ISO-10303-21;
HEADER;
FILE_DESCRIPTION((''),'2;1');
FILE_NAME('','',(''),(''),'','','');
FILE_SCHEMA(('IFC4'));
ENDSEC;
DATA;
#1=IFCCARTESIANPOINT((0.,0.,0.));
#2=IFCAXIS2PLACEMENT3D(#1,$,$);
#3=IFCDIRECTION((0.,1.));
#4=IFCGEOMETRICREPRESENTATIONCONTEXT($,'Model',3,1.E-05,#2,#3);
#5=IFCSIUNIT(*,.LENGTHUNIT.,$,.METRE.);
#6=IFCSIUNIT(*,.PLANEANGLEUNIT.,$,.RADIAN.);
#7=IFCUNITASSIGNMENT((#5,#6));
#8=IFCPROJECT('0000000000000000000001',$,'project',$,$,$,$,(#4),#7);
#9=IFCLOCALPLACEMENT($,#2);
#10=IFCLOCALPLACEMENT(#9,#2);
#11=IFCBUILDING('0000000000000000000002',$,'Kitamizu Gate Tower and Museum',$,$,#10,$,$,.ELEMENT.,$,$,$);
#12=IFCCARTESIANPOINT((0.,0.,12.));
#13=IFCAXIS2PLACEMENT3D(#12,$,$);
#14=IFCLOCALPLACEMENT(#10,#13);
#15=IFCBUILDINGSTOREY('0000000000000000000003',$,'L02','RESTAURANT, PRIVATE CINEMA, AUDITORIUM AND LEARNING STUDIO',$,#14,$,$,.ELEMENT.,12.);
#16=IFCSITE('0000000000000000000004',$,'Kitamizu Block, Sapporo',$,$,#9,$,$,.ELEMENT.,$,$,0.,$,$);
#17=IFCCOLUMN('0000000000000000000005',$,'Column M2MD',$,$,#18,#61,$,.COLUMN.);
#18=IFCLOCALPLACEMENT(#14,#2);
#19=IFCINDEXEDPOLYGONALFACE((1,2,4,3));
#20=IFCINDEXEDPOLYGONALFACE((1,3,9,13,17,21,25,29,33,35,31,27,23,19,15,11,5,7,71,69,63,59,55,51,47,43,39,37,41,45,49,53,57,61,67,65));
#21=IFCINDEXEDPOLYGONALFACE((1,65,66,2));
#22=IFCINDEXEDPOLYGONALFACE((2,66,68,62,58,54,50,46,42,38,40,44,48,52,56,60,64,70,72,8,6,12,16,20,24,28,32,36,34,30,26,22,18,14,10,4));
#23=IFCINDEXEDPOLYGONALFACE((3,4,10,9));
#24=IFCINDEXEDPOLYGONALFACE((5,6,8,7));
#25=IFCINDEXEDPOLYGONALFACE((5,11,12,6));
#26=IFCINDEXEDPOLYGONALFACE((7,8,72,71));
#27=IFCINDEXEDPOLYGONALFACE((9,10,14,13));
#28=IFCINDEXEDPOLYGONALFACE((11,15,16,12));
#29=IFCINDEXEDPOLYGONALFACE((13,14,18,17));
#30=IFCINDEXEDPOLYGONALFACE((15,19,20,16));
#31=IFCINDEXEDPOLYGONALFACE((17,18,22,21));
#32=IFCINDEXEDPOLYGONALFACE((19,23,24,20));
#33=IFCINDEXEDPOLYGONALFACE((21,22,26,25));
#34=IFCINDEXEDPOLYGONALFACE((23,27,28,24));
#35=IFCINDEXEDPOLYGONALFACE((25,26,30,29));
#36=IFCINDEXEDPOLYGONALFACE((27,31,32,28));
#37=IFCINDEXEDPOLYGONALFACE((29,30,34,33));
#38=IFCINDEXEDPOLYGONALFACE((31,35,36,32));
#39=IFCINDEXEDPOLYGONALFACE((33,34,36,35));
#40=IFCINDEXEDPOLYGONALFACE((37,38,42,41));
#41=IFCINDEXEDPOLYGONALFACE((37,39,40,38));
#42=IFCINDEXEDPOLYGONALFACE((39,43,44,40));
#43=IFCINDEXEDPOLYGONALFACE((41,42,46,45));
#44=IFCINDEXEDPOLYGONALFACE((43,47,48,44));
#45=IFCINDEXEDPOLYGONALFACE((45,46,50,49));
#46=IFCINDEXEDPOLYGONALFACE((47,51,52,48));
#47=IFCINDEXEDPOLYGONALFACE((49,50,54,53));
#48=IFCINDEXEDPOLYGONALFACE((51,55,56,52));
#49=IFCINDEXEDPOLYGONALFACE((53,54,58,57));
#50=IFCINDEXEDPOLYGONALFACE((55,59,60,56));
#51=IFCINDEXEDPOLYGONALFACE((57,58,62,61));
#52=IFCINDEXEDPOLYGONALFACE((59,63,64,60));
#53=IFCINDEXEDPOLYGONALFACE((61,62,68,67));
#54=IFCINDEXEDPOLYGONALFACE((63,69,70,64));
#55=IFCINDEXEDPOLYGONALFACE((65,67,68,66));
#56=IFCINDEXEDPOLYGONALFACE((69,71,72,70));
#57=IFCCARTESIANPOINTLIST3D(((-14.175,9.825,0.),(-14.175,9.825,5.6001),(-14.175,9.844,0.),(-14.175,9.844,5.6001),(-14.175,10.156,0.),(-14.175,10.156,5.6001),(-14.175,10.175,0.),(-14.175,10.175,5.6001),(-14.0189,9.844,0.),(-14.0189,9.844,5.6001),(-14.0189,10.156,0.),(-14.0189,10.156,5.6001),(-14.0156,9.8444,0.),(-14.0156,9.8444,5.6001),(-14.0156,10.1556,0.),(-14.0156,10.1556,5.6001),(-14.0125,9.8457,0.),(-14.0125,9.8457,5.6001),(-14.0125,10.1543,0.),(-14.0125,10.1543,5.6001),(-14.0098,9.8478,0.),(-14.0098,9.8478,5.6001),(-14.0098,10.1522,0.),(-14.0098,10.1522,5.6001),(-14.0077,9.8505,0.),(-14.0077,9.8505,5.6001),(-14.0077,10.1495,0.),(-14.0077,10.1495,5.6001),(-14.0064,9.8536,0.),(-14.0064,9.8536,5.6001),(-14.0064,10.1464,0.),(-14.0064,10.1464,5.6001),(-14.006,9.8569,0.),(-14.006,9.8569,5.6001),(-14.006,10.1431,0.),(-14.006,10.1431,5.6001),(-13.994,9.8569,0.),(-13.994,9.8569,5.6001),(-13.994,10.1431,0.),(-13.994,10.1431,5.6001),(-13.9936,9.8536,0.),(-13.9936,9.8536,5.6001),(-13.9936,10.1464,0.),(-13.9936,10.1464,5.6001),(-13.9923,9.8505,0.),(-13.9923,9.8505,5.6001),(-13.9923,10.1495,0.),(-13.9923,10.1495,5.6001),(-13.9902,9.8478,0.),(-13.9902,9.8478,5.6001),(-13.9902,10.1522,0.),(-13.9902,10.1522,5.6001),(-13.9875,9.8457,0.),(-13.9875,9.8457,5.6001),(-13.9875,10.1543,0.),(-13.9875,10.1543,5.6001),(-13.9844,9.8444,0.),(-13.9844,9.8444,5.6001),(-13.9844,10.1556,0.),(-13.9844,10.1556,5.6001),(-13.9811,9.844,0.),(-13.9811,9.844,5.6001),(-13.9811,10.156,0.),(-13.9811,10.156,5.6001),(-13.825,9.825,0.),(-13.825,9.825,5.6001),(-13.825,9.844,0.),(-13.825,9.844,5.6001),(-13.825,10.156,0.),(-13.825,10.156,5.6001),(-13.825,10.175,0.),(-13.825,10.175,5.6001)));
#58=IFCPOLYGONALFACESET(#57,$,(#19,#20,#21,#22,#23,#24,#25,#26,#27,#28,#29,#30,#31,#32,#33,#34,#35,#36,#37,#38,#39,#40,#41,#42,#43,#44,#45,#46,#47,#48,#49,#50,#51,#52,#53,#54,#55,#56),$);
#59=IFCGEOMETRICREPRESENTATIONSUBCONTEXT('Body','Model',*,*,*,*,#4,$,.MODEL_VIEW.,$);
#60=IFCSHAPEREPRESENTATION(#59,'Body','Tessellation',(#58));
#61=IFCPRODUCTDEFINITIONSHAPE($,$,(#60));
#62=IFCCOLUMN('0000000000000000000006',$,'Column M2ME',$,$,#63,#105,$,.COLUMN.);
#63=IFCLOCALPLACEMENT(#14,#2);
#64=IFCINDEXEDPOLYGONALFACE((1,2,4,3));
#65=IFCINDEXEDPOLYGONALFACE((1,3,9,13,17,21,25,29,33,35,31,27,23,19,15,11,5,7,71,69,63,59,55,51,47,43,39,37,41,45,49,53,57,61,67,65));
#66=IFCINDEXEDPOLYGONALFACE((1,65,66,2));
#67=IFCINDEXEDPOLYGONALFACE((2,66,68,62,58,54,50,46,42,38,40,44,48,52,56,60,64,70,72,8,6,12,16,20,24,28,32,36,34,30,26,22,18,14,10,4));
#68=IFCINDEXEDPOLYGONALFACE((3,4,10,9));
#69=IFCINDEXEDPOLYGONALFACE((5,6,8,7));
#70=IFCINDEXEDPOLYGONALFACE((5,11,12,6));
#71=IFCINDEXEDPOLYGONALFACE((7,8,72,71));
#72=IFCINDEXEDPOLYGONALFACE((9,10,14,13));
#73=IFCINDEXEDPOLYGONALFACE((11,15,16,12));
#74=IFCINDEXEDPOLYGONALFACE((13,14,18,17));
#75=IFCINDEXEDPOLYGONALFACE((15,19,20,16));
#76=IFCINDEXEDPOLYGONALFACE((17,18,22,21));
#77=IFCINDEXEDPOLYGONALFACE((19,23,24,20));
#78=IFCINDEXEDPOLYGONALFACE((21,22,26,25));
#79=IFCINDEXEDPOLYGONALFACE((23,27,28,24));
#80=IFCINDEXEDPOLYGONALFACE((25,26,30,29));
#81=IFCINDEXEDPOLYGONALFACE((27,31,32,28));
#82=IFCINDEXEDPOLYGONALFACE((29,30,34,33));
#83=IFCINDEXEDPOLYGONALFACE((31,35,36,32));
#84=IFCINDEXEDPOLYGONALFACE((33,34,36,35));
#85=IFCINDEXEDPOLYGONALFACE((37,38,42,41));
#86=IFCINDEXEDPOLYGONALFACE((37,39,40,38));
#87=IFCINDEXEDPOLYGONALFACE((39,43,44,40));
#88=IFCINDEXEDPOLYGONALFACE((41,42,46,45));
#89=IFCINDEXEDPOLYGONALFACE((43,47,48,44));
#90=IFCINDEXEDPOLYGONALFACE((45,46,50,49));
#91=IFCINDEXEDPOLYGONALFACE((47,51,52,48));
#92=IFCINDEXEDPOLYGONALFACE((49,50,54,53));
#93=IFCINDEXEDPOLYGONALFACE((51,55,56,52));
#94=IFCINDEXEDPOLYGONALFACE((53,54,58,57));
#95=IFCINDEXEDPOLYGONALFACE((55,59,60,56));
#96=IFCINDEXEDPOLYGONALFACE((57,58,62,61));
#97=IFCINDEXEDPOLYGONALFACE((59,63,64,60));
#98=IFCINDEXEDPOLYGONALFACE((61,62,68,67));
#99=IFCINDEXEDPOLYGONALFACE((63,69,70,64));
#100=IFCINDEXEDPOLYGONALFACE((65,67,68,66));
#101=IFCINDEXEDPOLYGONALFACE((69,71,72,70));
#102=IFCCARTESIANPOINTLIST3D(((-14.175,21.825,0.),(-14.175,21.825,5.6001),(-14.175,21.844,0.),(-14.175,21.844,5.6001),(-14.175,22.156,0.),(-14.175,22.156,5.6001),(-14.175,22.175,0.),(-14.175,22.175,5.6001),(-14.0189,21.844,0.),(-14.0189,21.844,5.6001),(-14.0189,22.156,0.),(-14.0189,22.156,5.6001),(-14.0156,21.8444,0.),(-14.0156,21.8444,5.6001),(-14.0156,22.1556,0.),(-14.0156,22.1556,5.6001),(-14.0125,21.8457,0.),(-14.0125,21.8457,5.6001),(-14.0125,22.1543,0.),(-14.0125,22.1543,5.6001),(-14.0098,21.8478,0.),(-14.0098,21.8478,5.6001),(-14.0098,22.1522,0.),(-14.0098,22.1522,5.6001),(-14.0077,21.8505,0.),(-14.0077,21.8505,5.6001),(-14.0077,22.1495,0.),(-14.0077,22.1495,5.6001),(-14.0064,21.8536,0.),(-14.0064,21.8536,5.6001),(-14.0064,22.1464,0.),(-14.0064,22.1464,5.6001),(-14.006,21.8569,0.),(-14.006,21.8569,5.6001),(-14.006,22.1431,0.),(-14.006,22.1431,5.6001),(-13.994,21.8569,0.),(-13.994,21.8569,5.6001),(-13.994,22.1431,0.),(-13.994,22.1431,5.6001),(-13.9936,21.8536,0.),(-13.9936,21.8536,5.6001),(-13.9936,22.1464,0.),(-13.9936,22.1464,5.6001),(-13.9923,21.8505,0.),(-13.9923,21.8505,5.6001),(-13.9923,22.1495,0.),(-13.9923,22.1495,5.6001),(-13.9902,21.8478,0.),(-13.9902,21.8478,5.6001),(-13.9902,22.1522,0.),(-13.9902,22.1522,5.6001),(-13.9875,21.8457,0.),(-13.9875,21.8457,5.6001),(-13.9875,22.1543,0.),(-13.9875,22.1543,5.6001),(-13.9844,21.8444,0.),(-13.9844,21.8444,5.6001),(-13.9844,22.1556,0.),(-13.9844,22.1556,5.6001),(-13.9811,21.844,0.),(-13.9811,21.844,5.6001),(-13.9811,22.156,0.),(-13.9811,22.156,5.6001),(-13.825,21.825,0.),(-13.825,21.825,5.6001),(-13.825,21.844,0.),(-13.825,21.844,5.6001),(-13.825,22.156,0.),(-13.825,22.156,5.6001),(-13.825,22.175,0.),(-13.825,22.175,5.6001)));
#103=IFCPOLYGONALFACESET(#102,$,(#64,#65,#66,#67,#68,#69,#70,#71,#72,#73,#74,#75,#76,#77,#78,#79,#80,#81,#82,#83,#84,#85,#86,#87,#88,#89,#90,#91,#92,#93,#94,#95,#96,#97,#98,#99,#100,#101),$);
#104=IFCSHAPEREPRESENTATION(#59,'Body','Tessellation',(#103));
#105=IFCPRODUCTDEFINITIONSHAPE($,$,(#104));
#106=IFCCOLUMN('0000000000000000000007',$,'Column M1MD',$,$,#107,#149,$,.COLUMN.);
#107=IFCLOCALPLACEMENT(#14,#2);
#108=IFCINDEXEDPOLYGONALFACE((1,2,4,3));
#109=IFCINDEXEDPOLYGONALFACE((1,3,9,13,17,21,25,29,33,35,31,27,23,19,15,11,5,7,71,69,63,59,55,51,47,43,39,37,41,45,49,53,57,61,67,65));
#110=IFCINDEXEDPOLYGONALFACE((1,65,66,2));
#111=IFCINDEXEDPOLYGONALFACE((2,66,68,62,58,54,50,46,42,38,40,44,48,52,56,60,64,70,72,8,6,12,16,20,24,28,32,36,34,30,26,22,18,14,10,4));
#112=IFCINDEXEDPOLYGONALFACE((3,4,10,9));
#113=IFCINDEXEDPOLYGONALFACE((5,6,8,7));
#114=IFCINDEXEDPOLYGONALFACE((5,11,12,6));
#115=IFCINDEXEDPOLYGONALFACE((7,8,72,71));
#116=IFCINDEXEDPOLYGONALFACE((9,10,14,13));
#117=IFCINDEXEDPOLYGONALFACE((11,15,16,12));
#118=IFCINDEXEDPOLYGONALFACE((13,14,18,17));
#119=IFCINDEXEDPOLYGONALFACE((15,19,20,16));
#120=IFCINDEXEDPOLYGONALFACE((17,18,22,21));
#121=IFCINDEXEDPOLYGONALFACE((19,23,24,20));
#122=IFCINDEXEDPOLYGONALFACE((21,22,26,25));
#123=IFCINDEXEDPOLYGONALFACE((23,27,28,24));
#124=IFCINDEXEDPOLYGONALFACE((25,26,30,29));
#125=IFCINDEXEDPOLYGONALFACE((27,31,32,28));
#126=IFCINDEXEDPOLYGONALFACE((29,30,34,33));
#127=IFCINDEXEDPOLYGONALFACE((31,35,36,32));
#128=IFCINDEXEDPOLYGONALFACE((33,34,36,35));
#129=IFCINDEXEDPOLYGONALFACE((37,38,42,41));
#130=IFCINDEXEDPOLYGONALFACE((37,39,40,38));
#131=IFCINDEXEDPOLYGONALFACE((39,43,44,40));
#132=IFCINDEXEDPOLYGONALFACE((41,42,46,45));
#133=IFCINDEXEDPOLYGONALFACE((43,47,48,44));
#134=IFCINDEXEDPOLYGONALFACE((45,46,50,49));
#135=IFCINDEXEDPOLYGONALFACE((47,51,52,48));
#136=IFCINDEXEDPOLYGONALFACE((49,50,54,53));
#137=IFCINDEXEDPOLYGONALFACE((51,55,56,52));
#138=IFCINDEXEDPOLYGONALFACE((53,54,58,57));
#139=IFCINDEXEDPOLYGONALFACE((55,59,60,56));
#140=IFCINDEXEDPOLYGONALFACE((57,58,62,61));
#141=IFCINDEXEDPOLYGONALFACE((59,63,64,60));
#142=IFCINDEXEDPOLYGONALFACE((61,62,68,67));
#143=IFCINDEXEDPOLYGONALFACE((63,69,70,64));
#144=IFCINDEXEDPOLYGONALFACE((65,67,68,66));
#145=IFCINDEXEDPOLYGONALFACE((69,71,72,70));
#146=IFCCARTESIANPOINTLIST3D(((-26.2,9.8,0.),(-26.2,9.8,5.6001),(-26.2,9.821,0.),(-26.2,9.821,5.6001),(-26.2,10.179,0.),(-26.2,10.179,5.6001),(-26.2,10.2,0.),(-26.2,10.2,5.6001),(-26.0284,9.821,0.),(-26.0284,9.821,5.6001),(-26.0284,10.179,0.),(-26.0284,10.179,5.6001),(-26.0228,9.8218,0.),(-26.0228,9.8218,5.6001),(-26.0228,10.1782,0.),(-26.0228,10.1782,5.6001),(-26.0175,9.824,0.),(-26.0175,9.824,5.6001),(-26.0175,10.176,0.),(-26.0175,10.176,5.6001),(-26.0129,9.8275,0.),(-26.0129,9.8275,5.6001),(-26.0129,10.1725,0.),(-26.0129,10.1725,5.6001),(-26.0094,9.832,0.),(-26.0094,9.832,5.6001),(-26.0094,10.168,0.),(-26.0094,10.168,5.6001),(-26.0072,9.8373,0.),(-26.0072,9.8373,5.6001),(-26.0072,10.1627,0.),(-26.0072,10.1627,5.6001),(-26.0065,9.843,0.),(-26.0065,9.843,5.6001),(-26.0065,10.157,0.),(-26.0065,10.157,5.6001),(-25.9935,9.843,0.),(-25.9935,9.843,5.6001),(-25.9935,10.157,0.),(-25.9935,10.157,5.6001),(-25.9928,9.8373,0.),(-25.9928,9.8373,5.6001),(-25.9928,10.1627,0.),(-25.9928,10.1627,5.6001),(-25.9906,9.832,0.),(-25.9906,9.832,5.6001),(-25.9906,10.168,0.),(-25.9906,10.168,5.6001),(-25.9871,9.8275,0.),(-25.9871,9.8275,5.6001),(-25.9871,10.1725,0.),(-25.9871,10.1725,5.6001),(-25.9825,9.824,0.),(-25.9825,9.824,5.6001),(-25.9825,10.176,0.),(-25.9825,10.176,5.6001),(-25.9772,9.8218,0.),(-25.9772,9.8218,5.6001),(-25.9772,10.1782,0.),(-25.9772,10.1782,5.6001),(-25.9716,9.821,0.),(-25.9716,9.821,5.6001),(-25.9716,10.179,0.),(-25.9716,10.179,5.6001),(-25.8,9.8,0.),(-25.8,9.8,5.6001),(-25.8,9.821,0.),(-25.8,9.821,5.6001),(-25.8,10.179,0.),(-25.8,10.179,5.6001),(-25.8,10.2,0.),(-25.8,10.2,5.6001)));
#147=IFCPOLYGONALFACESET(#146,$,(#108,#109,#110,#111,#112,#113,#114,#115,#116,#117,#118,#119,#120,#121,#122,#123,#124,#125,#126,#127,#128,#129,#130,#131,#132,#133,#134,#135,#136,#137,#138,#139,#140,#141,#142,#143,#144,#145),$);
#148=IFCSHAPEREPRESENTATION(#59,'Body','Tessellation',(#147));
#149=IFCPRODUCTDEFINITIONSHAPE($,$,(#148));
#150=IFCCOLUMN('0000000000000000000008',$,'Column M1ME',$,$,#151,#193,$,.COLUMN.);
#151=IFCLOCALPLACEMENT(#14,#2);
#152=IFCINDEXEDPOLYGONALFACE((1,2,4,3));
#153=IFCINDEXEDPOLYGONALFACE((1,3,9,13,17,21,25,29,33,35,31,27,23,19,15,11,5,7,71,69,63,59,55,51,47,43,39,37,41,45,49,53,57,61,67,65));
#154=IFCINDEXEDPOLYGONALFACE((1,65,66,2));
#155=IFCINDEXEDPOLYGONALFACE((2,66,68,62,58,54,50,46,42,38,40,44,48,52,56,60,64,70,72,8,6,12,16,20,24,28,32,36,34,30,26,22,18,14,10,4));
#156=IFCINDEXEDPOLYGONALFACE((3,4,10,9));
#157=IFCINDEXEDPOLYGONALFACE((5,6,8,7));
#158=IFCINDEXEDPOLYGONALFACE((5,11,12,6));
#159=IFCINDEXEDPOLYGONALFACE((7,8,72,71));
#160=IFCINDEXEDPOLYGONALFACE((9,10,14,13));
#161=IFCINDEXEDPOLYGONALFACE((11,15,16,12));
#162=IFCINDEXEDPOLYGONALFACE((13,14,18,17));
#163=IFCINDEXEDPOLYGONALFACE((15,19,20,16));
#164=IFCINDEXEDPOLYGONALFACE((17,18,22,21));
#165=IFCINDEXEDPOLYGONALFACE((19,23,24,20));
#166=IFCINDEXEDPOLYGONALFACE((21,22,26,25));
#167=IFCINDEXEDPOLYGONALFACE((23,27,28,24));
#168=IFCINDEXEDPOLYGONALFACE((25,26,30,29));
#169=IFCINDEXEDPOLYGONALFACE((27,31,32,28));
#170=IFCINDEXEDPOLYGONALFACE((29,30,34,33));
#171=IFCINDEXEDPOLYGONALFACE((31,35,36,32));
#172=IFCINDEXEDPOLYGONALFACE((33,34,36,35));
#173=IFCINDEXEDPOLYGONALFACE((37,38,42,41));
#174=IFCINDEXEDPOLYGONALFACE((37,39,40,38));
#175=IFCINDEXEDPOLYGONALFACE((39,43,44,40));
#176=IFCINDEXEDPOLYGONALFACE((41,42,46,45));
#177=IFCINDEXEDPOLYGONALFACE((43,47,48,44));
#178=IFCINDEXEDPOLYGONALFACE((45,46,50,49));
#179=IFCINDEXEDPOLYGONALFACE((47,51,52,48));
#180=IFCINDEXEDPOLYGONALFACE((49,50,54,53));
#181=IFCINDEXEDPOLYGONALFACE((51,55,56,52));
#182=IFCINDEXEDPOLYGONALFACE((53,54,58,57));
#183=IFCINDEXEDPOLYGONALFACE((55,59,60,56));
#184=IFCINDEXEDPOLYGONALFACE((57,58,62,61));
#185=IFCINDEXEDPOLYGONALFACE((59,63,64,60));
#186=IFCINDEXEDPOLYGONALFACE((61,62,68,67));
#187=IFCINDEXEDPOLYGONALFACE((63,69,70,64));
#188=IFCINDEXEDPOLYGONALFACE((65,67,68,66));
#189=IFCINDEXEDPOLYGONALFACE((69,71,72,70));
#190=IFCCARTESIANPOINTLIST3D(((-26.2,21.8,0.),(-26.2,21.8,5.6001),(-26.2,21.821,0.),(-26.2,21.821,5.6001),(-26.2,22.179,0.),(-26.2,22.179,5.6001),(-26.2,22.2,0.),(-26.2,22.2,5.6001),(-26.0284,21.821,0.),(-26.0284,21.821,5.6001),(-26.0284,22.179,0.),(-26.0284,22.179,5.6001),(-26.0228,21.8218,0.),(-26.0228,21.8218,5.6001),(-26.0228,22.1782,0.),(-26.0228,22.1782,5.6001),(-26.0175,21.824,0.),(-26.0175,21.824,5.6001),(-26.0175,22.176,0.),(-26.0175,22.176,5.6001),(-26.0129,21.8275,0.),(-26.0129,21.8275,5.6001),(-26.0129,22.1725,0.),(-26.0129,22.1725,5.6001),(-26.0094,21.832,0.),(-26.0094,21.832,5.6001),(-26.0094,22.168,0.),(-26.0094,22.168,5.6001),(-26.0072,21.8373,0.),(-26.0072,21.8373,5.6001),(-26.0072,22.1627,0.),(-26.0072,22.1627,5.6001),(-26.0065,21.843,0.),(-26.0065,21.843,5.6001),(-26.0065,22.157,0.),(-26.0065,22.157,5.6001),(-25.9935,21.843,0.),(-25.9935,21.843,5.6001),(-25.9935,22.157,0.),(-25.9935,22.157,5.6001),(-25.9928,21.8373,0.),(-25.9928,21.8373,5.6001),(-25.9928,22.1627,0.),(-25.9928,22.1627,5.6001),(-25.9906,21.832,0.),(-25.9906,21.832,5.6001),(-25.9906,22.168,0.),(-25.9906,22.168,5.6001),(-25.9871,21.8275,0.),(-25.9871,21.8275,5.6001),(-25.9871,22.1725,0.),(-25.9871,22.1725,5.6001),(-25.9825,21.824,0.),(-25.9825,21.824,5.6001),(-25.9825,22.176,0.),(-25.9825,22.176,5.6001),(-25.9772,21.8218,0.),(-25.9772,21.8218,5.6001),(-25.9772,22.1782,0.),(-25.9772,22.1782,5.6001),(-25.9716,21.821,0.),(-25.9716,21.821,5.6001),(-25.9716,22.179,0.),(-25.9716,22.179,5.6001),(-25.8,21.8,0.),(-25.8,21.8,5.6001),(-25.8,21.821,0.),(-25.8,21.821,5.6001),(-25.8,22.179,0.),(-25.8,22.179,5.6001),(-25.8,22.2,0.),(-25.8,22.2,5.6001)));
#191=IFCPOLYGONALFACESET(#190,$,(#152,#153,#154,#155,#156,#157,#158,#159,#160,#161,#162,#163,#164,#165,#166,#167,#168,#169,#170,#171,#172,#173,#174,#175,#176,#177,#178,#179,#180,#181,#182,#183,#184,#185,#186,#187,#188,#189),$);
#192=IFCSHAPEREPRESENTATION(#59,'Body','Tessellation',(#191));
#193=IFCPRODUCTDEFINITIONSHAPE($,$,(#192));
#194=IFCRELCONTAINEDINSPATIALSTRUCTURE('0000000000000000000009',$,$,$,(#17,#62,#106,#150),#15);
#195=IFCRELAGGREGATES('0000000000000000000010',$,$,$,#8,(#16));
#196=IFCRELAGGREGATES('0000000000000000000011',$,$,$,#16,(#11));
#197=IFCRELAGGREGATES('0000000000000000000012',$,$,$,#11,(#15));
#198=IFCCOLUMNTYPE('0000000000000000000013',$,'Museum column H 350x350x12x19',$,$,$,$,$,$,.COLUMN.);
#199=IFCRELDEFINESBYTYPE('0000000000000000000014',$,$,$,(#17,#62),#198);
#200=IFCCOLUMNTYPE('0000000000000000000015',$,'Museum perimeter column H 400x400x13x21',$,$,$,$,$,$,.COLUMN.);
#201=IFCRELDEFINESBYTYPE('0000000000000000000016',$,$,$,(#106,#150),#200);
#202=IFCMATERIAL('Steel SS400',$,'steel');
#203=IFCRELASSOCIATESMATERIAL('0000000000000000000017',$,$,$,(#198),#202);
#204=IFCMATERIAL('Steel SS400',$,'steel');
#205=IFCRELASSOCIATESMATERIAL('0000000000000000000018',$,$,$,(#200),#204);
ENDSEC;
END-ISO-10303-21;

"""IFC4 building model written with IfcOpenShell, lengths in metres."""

from ifc_helpers import new_model, si_unit, direction, frame, origin, origin_2d, place, context, subcontext, project, spatial, i_section, extrude, material, material_profile, profile_set, type_object, element, save


model = new_model("IFC4")

# Units and contexts
model_context = context("Model", 3, precision=1e-05, world=origin(), true_north=direction((0.0, 1.0)))
body_context = subcontext(model_context, "Body", "Model", "MODEL_VIEW")
ifc_project = project(units=[si_unit("LENGTHUNIT", "METRE"), si_unit("PLANEANGLEUNIT", "RADIAN")], contexts=[model_context])

# Site, building, storey
site_placement = place(None, origin())
site = spatial("IfcSite", under=ifc_project, at=site_placement, Name="Kitamizu Block, Sapporo", CompositionType="ELEMENT", RefElevation=0.0)
building_placement = place(site_placement, origin())
building = spatial("IfcBuilding", under=site, at=building_placement, Name="Kitamizu Gate Tower and Museum", CompositionType="ELEMENT")
storey_placement = place(building_placement, frame((0.0, 0.0, 12.0)))
storey = spatial("IfcBuildingStorey", under=building, at=storey_placement, Name="L02", Description="RESTAURANT, PRIVATE CINEMA, AUDITORIUM AND LEARNING STUDIO", CompositionType="ELEMENT", Elevation=12.0)

# Columns
ifc_material_1 = material(Name="Steel SS400", Category="steel")
ifc_material_profile_1 = material_profile(ifc_material_1, i_section(OverallWidth=0.3501, OverallDepth=0.3501, WebThickness=0.012, FlangeThickness=0.019, FilletRadius=0.0129, at=origin_2d()), Name="H-350x350x12x19")
ifc_profile_set_1 = profile_set([ifc_material_profile_1], Name="Steel SS400")
column_type_1 = type_object("IfcColumnType", Name="Museum column H 350x350x12x19", PredefinedType="COLUMN", material=ifc_profile_set_1)
for number, where, z_axis, x_axis, name in (
    (1, (-14.0, 10.0, 0.0), (0.0, 0.0, 1.0), (1.0, 0.0, 0.0), "Column M2MD"),
    (2, (-14.0, 22.0, 0.0), (0.0, 0.0, 1.0), (1.0, 0.0, 0.0), "Column M2ME"),
):
    element("IfcColumn", number, at=place(storey_placement, frame(where, z_axis=z_axis, x_axis=x_axis)), inside=storey, type_object=column_type_1, Name=name, PredefinedType="COLUMN", context=body_context, shape_type="SweptSolid", body=[
        extrude(i_section(OverallWidth=0.3501, OverallDepth=0.3501, WebThickness=0.012, FlangeThickness=0.019, FilletRadius=0.0129, at=origin_2d()), origin(), (0.0, 0.0, 1.0), 5.6001),
    ])
ifc_material_2 = material(Name="Steel SS400", Category="steel")
ifc_material_profile_2 = material_profile(ifc_material_2, i_section(OverallWidth=0.3999, OverallDepth=0.3999, WebThickness=0.0129, FlangeThickness=0.021, FilletRadius=0.022, at=origin_2d()), Name="H-400x400x13x21")
ifc_profile_set_2 = profile_set([ifc_material_profile_2], Name="Steel SS400")
column_type_2 = type_object("IfcColumnType", Name="Museum perimeter column H 400x400x13x21", PredefinedType="COLUMN", material=ifc_profile_set_2)
for number, where, z_axis, x_axis, name in (
    (3, (-26.0, 10.0, 0.0), (0.0, 0.0, 1.0), (1.0, 0.0, 0.0), "Column M1MD"),
    (4, (-26.0, 22.0, 0.0), (0.0, 0.0, 1.0), (1.0, 0.0, 0.0), "Column M1ME"),
):
    element("IfcColumn", number, at=place(storey_placement, frame(where, z_axis=z_axis, x_axis=x_axis)), inside=storey, type_object=column_type_2, Name=name, PredefinedType="COLUMN", context=body_context, shape_type="SweptSolid", body=[
        extrude(i_section(OverallWidth=0.3999, OverallDepth=0.3999, WebThickness=0.0129, FlangeThickness=0.021, FilletRadius=0.022, at=origin_2d()), origin(), (0.0, 0.0, 1.0), 5.6001),
    ])

save(model, "model.ifc")
